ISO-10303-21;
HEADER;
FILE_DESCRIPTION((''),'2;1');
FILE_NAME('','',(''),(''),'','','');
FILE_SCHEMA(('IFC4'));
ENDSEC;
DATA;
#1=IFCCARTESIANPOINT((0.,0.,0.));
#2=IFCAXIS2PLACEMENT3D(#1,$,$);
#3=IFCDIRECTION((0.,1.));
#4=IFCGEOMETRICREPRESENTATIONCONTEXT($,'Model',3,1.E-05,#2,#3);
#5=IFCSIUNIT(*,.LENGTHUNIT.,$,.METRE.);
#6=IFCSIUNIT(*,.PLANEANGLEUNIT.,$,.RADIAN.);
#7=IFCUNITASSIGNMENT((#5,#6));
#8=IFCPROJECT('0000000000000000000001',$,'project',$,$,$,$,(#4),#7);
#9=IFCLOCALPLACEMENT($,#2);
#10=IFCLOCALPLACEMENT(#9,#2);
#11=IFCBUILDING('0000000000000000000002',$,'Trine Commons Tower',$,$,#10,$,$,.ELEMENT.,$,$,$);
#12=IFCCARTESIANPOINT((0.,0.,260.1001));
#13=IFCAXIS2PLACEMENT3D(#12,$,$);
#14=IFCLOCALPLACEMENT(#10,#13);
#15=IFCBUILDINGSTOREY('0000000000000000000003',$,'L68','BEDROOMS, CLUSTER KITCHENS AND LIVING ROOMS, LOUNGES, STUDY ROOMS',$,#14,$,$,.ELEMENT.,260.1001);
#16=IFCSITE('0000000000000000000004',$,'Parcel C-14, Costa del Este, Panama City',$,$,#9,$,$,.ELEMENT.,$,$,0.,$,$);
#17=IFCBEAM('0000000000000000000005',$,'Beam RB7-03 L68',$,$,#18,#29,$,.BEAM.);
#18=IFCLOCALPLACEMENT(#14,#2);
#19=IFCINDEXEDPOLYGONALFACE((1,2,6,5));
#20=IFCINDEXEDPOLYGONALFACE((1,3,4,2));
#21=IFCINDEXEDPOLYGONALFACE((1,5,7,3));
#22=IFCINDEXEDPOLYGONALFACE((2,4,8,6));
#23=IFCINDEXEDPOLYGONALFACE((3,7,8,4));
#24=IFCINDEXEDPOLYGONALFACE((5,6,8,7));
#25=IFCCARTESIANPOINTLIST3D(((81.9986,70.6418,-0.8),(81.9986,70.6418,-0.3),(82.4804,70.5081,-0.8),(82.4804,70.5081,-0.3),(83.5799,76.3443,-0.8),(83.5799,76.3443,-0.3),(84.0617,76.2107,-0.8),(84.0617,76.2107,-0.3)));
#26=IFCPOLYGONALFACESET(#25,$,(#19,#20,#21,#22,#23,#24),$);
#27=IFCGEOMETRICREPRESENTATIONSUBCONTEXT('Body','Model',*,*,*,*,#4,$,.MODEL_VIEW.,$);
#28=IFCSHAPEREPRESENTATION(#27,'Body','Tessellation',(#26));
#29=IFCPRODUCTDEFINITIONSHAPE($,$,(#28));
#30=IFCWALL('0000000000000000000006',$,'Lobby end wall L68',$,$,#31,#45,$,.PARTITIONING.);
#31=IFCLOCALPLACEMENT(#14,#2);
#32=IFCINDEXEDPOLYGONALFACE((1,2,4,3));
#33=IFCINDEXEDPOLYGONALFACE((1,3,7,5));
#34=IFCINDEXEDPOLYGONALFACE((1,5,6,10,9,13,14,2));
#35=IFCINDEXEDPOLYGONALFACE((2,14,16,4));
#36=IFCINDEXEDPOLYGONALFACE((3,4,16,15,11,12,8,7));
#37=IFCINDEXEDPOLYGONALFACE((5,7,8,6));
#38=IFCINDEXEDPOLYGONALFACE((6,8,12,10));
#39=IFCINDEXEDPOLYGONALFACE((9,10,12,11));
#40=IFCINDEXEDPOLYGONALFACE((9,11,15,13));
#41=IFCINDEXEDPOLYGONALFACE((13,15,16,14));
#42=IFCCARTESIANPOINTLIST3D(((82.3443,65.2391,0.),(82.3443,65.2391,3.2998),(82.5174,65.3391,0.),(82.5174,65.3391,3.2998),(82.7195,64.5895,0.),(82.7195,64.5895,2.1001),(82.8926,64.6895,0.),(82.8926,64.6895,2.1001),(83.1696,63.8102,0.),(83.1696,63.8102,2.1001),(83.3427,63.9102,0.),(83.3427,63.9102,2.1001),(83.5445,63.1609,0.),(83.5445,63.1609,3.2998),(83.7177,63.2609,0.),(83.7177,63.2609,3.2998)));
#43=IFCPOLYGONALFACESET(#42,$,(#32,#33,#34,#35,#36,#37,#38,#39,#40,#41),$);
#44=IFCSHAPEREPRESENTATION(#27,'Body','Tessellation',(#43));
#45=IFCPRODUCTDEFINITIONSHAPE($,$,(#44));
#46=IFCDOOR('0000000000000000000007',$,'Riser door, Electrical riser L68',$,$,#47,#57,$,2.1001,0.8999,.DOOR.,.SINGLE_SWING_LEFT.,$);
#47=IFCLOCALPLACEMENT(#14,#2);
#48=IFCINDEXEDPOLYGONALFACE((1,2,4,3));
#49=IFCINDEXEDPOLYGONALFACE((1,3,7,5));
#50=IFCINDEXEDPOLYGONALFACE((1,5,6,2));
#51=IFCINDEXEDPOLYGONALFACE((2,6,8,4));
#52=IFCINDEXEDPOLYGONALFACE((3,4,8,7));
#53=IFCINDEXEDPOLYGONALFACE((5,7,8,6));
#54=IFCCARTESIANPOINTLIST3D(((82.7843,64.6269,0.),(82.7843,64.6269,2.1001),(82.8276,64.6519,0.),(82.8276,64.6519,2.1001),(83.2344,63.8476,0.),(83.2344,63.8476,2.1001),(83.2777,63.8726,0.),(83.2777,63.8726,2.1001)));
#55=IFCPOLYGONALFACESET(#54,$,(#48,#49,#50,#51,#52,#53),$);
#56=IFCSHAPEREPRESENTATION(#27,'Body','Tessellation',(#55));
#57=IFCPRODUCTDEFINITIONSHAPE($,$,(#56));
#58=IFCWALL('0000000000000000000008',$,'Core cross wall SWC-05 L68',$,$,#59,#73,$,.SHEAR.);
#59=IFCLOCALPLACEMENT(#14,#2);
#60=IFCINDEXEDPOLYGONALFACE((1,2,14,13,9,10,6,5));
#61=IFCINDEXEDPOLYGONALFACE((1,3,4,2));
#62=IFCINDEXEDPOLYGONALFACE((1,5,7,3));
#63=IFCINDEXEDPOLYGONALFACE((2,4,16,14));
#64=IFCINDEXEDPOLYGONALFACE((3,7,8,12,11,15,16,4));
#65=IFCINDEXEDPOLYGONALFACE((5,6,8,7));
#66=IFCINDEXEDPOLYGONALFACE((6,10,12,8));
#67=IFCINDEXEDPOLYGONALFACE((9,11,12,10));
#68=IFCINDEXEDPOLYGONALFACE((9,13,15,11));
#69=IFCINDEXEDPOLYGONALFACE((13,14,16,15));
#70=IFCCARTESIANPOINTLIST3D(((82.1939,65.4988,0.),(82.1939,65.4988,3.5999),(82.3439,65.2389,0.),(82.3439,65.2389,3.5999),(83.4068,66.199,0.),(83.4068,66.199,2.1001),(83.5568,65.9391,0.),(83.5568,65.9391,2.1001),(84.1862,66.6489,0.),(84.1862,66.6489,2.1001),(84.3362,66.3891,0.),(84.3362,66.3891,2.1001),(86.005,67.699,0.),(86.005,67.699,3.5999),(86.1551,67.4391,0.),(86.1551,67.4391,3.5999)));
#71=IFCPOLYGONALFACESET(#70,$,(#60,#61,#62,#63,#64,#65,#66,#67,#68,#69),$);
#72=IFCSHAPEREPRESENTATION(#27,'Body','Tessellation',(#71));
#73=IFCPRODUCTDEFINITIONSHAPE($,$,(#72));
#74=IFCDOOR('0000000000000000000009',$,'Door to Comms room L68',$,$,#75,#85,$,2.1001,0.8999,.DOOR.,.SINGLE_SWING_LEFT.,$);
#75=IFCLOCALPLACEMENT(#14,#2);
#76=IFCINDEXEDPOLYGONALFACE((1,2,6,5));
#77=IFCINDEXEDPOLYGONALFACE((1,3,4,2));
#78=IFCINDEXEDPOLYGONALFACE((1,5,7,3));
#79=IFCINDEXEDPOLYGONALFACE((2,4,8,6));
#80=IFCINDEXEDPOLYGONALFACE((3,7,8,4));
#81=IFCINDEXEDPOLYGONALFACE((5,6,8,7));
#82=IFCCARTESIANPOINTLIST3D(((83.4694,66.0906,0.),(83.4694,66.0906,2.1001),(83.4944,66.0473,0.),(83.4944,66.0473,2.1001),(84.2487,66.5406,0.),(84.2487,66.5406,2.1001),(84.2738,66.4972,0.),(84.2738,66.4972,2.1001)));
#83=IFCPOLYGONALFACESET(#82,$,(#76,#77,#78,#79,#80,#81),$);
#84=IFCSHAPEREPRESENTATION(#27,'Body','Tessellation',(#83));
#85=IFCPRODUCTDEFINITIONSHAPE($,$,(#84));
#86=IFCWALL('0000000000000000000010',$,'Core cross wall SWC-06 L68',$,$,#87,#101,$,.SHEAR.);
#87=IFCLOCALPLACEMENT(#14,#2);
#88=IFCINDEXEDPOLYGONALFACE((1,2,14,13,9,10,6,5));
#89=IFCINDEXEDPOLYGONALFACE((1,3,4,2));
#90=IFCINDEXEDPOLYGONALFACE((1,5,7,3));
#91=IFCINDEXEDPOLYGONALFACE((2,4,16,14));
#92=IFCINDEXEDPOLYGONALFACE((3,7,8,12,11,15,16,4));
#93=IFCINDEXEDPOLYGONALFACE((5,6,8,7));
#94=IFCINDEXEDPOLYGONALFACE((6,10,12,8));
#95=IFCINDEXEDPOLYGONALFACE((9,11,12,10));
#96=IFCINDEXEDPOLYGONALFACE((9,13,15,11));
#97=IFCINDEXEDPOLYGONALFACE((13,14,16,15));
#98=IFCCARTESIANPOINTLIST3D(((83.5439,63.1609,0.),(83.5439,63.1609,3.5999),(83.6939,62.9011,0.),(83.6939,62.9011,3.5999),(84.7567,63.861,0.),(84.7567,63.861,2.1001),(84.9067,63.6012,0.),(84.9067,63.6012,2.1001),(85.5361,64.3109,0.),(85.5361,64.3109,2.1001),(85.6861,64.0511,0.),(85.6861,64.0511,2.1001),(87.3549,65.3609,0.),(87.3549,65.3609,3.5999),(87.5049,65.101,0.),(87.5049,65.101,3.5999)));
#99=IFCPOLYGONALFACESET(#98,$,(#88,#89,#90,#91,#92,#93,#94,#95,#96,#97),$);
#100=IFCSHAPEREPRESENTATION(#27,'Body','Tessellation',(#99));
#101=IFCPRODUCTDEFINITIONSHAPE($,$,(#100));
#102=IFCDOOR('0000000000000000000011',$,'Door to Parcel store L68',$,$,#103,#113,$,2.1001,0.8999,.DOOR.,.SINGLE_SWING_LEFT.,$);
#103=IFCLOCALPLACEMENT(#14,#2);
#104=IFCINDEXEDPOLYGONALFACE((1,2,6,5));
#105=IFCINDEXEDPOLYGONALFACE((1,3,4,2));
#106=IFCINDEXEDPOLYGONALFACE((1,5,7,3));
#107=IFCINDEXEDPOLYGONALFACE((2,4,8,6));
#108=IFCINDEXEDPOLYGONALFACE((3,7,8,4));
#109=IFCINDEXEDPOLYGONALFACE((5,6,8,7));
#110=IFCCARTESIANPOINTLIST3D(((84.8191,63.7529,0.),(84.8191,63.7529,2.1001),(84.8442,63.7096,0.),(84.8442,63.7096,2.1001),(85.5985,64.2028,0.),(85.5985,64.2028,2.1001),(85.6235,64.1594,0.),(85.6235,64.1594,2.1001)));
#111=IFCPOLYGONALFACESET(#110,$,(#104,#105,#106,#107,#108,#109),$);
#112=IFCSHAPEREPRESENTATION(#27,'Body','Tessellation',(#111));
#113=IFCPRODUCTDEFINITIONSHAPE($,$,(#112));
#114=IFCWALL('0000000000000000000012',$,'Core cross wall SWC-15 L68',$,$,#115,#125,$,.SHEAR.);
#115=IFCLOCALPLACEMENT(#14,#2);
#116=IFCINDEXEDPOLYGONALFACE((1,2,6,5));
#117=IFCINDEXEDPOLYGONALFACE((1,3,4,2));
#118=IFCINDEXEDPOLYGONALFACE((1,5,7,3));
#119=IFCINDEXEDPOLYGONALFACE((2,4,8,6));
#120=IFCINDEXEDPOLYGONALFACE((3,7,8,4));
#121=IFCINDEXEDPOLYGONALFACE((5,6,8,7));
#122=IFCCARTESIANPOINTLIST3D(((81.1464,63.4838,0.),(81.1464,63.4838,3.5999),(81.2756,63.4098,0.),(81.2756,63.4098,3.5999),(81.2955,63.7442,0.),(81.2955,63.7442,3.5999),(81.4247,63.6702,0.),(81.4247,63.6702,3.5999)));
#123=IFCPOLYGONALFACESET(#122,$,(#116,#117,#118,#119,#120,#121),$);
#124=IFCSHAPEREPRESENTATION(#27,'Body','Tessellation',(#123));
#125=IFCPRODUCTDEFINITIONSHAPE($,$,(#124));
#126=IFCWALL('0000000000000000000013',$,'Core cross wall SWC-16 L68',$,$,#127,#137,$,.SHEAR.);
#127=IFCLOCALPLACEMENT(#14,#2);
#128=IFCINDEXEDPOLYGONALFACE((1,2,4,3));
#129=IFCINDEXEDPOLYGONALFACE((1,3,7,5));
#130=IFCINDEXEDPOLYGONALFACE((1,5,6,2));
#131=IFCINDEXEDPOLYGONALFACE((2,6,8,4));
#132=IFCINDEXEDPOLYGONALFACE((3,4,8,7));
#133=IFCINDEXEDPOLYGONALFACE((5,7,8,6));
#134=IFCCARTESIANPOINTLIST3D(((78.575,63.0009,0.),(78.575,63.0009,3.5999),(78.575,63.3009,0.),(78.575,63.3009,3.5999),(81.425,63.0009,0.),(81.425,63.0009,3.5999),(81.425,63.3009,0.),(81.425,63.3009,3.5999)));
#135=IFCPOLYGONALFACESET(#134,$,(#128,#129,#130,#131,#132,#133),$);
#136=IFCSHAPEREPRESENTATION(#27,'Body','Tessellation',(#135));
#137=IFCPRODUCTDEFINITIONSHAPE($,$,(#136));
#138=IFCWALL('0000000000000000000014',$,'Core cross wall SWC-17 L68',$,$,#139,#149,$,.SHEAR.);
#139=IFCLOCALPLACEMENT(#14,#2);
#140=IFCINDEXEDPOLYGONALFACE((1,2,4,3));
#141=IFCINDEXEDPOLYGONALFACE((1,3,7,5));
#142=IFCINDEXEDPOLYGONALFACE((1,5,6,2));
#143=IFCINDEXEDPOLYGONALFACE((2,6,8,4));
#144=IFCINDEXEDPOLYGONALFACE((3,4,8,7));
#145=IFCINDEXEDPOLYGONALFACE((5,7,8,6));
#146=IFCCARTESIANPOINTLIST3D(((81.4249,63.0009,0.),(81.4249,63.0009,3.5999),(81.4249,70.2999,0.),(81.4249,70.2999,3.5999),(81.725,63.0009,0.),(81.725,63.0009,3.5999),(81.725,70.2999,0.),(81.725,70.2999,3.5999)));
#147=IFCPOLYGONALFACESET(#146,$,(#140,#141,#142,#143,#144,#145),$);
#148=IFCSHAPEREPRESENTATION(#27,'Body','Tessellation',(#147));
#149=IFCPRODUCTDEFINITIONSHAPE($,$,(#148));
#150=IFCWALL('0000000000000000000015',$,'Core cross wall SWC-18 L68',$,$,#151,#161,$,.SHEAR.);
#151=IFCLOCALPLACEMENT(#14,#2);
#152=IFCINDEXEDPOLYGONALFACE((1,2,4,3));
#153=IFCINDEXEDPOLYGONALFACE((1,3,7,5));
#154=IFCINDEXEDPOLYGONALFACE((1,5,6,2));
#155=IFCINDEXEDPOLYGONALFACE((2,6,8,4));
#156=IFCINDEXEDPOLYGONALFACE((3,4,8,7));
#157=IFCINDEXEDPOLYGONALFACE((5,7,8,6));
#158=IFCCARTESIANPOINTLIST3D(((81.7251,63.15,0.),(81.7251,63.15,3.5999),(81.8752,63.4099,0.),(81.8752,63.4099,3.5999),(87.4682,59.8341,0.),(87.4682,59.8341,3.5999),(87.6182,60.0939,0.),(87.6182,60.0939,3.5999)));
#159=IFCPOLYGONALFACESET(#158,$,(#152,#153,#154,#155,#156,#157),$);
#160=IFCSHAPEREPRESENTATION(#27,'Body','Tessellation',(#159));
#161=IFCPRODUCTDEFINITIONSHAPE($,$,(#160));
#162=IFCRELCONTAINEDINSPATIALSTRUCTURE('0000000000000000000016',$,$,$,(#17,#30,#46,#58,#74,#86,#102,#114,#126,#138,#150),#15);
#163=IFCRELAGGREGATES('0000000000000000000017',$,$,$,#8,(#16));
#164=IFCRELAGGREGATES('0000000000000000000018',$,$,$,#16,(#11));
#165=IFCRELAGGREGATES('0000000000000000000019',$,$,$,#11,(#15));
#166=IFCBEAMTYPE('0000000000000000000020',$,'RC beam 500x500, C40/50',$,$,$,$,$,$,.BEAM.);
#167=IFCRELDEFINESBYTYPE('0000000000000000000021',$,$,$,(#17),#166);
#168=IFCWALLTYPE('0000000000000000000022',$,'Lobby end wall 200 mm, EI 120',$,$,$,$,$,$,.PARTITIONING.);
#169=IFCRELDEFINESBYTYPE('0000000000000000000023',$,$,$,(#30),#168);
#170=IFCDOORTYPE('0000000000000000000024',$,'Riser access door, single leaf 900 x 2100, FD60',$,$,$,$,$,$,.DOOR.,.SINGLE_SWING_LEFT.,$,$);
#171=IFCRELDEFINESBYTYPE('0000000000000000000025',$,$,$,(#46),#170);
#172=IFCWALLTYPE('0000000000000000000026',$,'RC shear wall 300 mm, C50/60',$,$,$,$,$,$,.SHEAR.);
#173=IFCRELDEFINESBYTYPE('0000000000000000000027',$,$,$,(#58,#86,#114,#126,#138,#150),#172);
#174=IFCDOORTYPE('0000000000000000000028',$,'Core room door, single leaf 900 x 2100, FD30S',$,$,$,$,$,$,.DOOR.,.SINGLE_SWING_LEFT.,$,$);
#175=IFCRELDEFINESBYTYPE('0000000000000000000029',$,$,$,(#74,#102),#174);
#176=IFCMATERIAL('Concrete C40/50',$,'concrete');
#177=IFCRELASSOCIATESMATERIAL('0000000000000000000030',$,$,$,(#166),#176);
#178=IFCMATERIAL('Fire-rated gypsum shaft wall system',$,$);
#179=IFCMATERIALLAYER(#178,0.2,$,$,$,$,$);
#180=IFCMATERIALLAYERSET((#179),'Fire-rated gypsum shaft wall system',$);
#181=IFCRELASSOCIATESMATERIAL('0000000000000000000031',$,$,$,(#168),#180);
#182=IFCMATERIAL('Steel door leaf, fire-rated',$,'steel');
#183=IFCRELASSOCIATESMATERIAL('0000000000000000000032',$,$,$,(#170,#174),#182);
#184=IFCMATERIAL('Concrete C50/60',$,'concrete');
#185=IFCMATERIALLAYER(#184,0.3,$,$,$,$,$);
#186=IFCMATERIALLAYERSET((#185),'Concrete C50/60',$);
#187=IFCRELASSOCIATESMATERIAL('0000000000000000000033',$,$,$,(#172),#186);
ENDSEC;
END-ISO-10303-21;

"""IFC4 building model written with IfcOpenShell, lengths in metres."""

from ifc_helpers import new_model, si_unit, direction, frame, frame_2d, origin, origin_2d, place, context, subcontext, project, spatial, rectangle, extrude, material, layer, layer_set, material_profile, profile_set, type_object, element, fill, save


model = new_model("IFC4")

# Units and contexts
model_context = context("Model", 3, precision=1e-05, world=origin(), true_north=direction((0.0, 1.0)))
body_context = subcontext(model_context, "Body", "Model", "MODEL_VIEW")
ifc_project = project(units=[si_unit("LENGTHUNIT", "METRE"), si_unit("PLANEANGLEUNIT", "RADIAN")], contexts=[model_context])

# Site, building, storey
site_placement = place(None, origin())
site = spatial("IfcSite", under=ifc_project, at=site_placement, Name="Parcel C-14, Costa del Este, Panama City", CompositionType="ELEMENT", RefElevation=0.0)
building_placement = place(site_placement, origin())
building = spatial("IfcBuilding", under=site, at=building_placement, Name="Trine Commons Tower", CompositionType="ELEMENT")
storey_placement = place(building_placement, frame((0.0, 0.0, 260.1001)))
storey = spatial("IfcBuildingStorey", under=building, at=storey_placement, Name="L68", Description="BEDROOMS, CLUSTER KITCHENS AND LIVING ROOMS, LOUNGES, STUDY ROOMS", CompositionType="ELEMENT", Elevation=260.1001)

# Beam
ifc_material_1 = material(Name="Concrete C40/50", Category="concrete")
ifc_material_profile = material_profile(ifc_material_1, rectangle(XDim=0.5, YDim=0.5, at=origin_2d()), Name="RC 500x500")
ifc_profile_set = profile_set([ifc_material_profile], Name="Concrete C40/50")
beam_type = type_object("IfcBeamType", Name="RC beam 500x500, C40/50", PredefinedType="BEAM", material=ifc_profile_set)
beam_placement = place(storey_placement, frame((82.2395, 70.575, -0.55), z_axis=(0.26721, 0.963638, 0.0), x_axis=(-0.963638, 0.26721, 0.0)))
element("IfcBeam", 1, at=beam_placement, inside=storey, type_object=beam_type, Name="Beam RB7-03 L68", PredefinedType="BEAM", context=body_context, shape_type="SweptSolid", body=[
    extrude(rectangle(XDim=0.5, YDim=0.5, at=origin_2d()), origin(), (0.0, 0.0, 1.0), 5.9177),
])

# Walls, openings, doors
ifc_material_2 = material(Name="Fire-rated gypsum shaft wall system")
ifc_layer_1 = layer(ifc_material_2, 0.2)
ifc_layer_set_1 = layer_set([ifc_layer_1], Name="Fire-rated gypsum shaft wall system")
wall_type_1 = type_object("IfcWallType", Name="Lobby end wall 200 mm, EI 120", PredefinedType="PARTITIONING", material=ifc_layer_set_1)
wall_1_placement = place(storey_placement, frame((83.6311, 63.2109, 0.0), z_axis=(0.0, 0.0, 1.0), x_axis=(-0.500122, 0.865955, 0.0)))
wall_1 = element("IfcWall", 2, at=wall_1_placement, inside=storey, type_object=wall_type_1, Name="Lobby end wall L68", PredefinedType="PARTITIONING", context=body_context, shape_type="SweptSolid", body=[
    extrude(rectangle(XDim=2.3999, YDim=0.2, at=frame_2d((1.2, 0.0))), origin(), (0.0, 0.0, 1.0), 3.2998),
])
opening_1_placement = place(wall_1_placement, frame((0.7498, 0.0, 0.0)))
opening_1 = element("IfcOpeningElement", 3, at=opening_1_placement, cuts=wall_1, PredefinedType="OPENING", context=body_context, shape_type="SweptSolid", body=[
    extrude(rectangle(XDim=0.8999, YDim=2.1001, at=frame_2d((0.45, 1.05))), frame((0.0, 0.1099, 0.0), z_axis=(0.0, -1.0, 0.0), x_axis=(1.0, 0.0, 0.0)), (0.0, 0.0, 1.0), 0.22),
])
ifc_material_3 = material(Name="Steel door leaf, fire-rated", Category="steel")
door_type_1 = type_object("IfcDoorType", Name="Riser access door, single leaf 900 x 2100, FD60", OperationType="SINGLE_SWING_LEFT", PredefinedType="DOOR", material=ifc_material_3)
door_1_placement = place(opening_1_placement, frame((0.8999, 0.0, 0.0), z_axis=(0.0, 0.0, 1.0), x_axis=(-1.0, 0.0, 0.0)))
door_1 = element("IfcDoor", 4, at=door_1_placement, inside=storey, type_object=door_type_1, Name="Riser door, Electrical riser L68", OperationType="SINGLE_SWING_LEFT", OverallHeight=2.1001, OverallWidth=0.8999, PredefinedType="DOOR", context=body_context, shape_type="SweptSolid", body=[
    extrude(rectangle(XDim=0.8999, YDim=2.1001, at=frame_2d((0.45, 1.05))), frame((0.0, 0.0249, 0.0), z_axis=(0.0, -1.0, 0.0), x_axis=(1.0, 0.0, 0.0)), (0.0, 0.0, 1.0), 0.05),
])
fill(opening_1, door_1)
ifc_material_4 = material(Name="Concrete C50/60", Category="concrete")
ifc_layer_2 = layer(ifc_material_4, 0.3)
ifc_layer_set_2 = layer_set([ifc_layer_2], Name="Concrete C50/60")
wall_type_2 = type_object("IfcWallType", Name="RC shear wall 300 mm, C50/60", PredefinedType="SHEAR", material=ifc_layer_set_2)
wall_2_placement = place(storey_placement, frame((82.269, 65.3689, 0.0), z_axis=(0.0, 0.0, 1.0), x_axis=(0.866036, 0.499982, 0.0)))
wall_2 = element("IfcWall", 5, at=wall_2_placement, inside=storey, type_object=wall_type_2, Name="Core cross wall SWC-05 L68", PredefinedType="SHEAR", context=body_context, shape_type="SweptSolid", body=[
    extrude(rectangle(XDim=4.4006, YDim=0.3, at=frame_2d((2.2002, 0.0))), origin(), (0.0, 0.0, 1.0), 3.5999),
])
opening_2_placement = place(wall_2_placement, frame((1.4004, 0.0, 0.0)))
opening_2 = element("IfcOpeningElement", 6, at=opening_2_placement, cuts=wall_2, PredefinedType="OPENING", context=body_context, shape_type="SweptSolid", body=[
    extrude(rectangle(XDim=0.8999, YDim=2.1001, at=frame_2d((0.45, 1.05))), frame((0.0, 0.1599, 0.0), z_axis=(0.0, -1.0, 0.0), x_axis=(1.0, 0.0, 0.0)), (0.0, 0.0, 1.0), 0.3201),
])
door_type_2 = type_object("IfcDoorType", Name="Core room door, single leaf 900 x 2100, FD30S", OperationType="SINGLE_SWING_LEFT", PredefinedType="DOOR", material=ifc_material_3)
door_2_placement = place(opening_2_placement, origin())
door_2 = element("IfcDoor", 7, at=door_2_placement, inside=storey, type_object=door_type_2, Name="Door to Comms room L68", OperationType="SINGLE_SWING_LEFT", OverallHeight=2.1001, OverallWidth=0.8999, PredefinedType="DOOR", context=body_context, shape_type="SweptSolid", body=[
    extrude(rectangle(XDim=0.8999, YDim=2.1001, at=frame_2d((0.45, 1.05))), frame((0.0, 0.0249, 0.0), z_axis=(0.0, -1.0, 0.0), x_axis=(1.0, 0.0, 0.0)), (0.0, 0.0, 1.0), 0.05),
])
fill(opening_2, door_2)
wall_3_placement = place(storey_placement, frame((83.6189, 63.031, 0.0), z_axis=(0.0, 0.0, 1.0), x_axis=(0.86606, 0.49994, 0.0)))
wall_3 = element("IfcWall", 8, at=wall_3_placement, inside=storey, type_object=wall_type_2, Name="Core cross wall SWC-06 L68", PredefinedType="SHEAR", context=body_context, shape_type="SweptSolid", body=[
    extrude(rectangle(XDim=4.4004, YDim=0.3, at=frame_2d((2.2002, 0.0))), origin(), (0.0, 0.0, 1.0), 3.5999),
])
opening_3_placement = place(wall_3_placement, frame((1.4004, 0.0, 0.0)))
opening_3 = element("IfcOpeningElement", 9, at=opening_3_placement, cuts=wall_3, PredefinedType="OPENING", context=body_context, shape_type="SweptSolid", body=[
    extrude(rectangle(XDim=0.8999, YDim=2.1001, at=frame_2d((0.45, 1.05))), frame((0.0, 0.1599, 0.0), z_axis=(0.0, -1.0, 0.0), x_axis=(1.0, 0.0, 0.0)), (0.0, 0.0, 1.0), 0.3201),
])
door_3_placement = place(opening_3_placement, frame((0.8999, 0.0, 0.0), z_axis=(0.0, 0.0, 1.0), x_axis=(-1.0, 0.0, 0.0)))
door_3 = element("IfcDoor", 10, at=door_3_placement, inside=storey, type_object=door_type_2, Name="Door to Parcel store L68", OperationType="SINGLE_SWING_LEFT", OverallHeight=2.1001, OverallWidth=0.8999, PredefinedType="DOOR", context=body_context, shape_type="SweptSolid", body=[
    extrude(rectangle(XDim=0.8999, YDim=2.1001, at=frame_2d((0.45, 1.05))), frame((0.0, 0.0249, 0.0), z_axis=(0.0, -1.0, 0.0), x_axis=(1.0, 0.0, 0.0)), (0.0, 0.0, 1.0), 0.05),
])
fill(opening_3, door_3)

# Walls
wall_4_placement = place(storey_placement, frame((81.2209, 63.614, 0.0), z_axis=(0.0, 0.0, 1.0), x_axis=(0.867738, -0.497022, 0.0)))
element("IfcWall", 11, at=wall_4_placement, inside=storey, type_object=wall_type_2, Name="Core cross wall SWC-15 L68", PredefinedType="SHEAR", context=body_context, shape_type="SweptSolid", body=[
    extrude(rectangle(XDim=0.1489, YDim=0.3, at=frame_2d((0.0745, 0.0))), origin(), (0.0, 0.0, 1.0), 3.5999),
])
wall_5_placement = place(storey_placement, frame((81.425, 63.1509, 0.0), z_axis=(0.0, 0.0, 1.0), x_axis=(-1.0, 0.0, 0.0)))
element("IfcWall", 12, at=wall_5_placement, inside=storey, type_object=wall_type_2, Name="Core cross wall SWC-16 L68", PredefinedType="SHEAR", context=body_context, shape_type="SweptSolid", body=[
    extrude(rectangle(XDim=2.8501, YDim=0.3, at=frame_2d((1.425, 0.0))), origin(), (0.0, 0.0, 1.0), 3.5999),
])
wall_6_placement = place(storey_placement, frame((81.575, 63.001, 0.0), z_axis=(0.0, 0.0, 1.0), x_axis=(0.0, 1.0, 0.0)))
element("IfcWall", 13, at=wall_6_placement, inside=storey, type_object=wall_type_2, Name="Core cross wall SWC-17 L68", PredefinedType="SHEAR", context=body_context, shape_type="SweptSolid", body=[
    extrude(rectangle(XDim=7.2991, YDim=0.3, at=frame_2d((3.6494, 0.0))), origin(), (0.0, 0.0, 1.0), 3.5999),
])
wall_7_placement = place(storey_placement, frame((81.8, 63.28, 0.0), z_axis=(0.0, 0.0, 1.0), x_axis=(0.86601, -0.500027, 0.0)))
element("IfcWall", 14, at=wall_7_placement, inside=storey, type_object=wall_type_2, Name="Core cross wall SWC-18 L68", PredefinedType="SHEAR", context=body_context, shape_type="SweptSolid", body=[
    extrude(rectangle(XDim=6.6316, YDim=0.3, at=frame_2d((3.3159, 0.0))), origin(), (0.0, 0.0, 1.0), 3.5999),
])

save(model, "model.ifc")
